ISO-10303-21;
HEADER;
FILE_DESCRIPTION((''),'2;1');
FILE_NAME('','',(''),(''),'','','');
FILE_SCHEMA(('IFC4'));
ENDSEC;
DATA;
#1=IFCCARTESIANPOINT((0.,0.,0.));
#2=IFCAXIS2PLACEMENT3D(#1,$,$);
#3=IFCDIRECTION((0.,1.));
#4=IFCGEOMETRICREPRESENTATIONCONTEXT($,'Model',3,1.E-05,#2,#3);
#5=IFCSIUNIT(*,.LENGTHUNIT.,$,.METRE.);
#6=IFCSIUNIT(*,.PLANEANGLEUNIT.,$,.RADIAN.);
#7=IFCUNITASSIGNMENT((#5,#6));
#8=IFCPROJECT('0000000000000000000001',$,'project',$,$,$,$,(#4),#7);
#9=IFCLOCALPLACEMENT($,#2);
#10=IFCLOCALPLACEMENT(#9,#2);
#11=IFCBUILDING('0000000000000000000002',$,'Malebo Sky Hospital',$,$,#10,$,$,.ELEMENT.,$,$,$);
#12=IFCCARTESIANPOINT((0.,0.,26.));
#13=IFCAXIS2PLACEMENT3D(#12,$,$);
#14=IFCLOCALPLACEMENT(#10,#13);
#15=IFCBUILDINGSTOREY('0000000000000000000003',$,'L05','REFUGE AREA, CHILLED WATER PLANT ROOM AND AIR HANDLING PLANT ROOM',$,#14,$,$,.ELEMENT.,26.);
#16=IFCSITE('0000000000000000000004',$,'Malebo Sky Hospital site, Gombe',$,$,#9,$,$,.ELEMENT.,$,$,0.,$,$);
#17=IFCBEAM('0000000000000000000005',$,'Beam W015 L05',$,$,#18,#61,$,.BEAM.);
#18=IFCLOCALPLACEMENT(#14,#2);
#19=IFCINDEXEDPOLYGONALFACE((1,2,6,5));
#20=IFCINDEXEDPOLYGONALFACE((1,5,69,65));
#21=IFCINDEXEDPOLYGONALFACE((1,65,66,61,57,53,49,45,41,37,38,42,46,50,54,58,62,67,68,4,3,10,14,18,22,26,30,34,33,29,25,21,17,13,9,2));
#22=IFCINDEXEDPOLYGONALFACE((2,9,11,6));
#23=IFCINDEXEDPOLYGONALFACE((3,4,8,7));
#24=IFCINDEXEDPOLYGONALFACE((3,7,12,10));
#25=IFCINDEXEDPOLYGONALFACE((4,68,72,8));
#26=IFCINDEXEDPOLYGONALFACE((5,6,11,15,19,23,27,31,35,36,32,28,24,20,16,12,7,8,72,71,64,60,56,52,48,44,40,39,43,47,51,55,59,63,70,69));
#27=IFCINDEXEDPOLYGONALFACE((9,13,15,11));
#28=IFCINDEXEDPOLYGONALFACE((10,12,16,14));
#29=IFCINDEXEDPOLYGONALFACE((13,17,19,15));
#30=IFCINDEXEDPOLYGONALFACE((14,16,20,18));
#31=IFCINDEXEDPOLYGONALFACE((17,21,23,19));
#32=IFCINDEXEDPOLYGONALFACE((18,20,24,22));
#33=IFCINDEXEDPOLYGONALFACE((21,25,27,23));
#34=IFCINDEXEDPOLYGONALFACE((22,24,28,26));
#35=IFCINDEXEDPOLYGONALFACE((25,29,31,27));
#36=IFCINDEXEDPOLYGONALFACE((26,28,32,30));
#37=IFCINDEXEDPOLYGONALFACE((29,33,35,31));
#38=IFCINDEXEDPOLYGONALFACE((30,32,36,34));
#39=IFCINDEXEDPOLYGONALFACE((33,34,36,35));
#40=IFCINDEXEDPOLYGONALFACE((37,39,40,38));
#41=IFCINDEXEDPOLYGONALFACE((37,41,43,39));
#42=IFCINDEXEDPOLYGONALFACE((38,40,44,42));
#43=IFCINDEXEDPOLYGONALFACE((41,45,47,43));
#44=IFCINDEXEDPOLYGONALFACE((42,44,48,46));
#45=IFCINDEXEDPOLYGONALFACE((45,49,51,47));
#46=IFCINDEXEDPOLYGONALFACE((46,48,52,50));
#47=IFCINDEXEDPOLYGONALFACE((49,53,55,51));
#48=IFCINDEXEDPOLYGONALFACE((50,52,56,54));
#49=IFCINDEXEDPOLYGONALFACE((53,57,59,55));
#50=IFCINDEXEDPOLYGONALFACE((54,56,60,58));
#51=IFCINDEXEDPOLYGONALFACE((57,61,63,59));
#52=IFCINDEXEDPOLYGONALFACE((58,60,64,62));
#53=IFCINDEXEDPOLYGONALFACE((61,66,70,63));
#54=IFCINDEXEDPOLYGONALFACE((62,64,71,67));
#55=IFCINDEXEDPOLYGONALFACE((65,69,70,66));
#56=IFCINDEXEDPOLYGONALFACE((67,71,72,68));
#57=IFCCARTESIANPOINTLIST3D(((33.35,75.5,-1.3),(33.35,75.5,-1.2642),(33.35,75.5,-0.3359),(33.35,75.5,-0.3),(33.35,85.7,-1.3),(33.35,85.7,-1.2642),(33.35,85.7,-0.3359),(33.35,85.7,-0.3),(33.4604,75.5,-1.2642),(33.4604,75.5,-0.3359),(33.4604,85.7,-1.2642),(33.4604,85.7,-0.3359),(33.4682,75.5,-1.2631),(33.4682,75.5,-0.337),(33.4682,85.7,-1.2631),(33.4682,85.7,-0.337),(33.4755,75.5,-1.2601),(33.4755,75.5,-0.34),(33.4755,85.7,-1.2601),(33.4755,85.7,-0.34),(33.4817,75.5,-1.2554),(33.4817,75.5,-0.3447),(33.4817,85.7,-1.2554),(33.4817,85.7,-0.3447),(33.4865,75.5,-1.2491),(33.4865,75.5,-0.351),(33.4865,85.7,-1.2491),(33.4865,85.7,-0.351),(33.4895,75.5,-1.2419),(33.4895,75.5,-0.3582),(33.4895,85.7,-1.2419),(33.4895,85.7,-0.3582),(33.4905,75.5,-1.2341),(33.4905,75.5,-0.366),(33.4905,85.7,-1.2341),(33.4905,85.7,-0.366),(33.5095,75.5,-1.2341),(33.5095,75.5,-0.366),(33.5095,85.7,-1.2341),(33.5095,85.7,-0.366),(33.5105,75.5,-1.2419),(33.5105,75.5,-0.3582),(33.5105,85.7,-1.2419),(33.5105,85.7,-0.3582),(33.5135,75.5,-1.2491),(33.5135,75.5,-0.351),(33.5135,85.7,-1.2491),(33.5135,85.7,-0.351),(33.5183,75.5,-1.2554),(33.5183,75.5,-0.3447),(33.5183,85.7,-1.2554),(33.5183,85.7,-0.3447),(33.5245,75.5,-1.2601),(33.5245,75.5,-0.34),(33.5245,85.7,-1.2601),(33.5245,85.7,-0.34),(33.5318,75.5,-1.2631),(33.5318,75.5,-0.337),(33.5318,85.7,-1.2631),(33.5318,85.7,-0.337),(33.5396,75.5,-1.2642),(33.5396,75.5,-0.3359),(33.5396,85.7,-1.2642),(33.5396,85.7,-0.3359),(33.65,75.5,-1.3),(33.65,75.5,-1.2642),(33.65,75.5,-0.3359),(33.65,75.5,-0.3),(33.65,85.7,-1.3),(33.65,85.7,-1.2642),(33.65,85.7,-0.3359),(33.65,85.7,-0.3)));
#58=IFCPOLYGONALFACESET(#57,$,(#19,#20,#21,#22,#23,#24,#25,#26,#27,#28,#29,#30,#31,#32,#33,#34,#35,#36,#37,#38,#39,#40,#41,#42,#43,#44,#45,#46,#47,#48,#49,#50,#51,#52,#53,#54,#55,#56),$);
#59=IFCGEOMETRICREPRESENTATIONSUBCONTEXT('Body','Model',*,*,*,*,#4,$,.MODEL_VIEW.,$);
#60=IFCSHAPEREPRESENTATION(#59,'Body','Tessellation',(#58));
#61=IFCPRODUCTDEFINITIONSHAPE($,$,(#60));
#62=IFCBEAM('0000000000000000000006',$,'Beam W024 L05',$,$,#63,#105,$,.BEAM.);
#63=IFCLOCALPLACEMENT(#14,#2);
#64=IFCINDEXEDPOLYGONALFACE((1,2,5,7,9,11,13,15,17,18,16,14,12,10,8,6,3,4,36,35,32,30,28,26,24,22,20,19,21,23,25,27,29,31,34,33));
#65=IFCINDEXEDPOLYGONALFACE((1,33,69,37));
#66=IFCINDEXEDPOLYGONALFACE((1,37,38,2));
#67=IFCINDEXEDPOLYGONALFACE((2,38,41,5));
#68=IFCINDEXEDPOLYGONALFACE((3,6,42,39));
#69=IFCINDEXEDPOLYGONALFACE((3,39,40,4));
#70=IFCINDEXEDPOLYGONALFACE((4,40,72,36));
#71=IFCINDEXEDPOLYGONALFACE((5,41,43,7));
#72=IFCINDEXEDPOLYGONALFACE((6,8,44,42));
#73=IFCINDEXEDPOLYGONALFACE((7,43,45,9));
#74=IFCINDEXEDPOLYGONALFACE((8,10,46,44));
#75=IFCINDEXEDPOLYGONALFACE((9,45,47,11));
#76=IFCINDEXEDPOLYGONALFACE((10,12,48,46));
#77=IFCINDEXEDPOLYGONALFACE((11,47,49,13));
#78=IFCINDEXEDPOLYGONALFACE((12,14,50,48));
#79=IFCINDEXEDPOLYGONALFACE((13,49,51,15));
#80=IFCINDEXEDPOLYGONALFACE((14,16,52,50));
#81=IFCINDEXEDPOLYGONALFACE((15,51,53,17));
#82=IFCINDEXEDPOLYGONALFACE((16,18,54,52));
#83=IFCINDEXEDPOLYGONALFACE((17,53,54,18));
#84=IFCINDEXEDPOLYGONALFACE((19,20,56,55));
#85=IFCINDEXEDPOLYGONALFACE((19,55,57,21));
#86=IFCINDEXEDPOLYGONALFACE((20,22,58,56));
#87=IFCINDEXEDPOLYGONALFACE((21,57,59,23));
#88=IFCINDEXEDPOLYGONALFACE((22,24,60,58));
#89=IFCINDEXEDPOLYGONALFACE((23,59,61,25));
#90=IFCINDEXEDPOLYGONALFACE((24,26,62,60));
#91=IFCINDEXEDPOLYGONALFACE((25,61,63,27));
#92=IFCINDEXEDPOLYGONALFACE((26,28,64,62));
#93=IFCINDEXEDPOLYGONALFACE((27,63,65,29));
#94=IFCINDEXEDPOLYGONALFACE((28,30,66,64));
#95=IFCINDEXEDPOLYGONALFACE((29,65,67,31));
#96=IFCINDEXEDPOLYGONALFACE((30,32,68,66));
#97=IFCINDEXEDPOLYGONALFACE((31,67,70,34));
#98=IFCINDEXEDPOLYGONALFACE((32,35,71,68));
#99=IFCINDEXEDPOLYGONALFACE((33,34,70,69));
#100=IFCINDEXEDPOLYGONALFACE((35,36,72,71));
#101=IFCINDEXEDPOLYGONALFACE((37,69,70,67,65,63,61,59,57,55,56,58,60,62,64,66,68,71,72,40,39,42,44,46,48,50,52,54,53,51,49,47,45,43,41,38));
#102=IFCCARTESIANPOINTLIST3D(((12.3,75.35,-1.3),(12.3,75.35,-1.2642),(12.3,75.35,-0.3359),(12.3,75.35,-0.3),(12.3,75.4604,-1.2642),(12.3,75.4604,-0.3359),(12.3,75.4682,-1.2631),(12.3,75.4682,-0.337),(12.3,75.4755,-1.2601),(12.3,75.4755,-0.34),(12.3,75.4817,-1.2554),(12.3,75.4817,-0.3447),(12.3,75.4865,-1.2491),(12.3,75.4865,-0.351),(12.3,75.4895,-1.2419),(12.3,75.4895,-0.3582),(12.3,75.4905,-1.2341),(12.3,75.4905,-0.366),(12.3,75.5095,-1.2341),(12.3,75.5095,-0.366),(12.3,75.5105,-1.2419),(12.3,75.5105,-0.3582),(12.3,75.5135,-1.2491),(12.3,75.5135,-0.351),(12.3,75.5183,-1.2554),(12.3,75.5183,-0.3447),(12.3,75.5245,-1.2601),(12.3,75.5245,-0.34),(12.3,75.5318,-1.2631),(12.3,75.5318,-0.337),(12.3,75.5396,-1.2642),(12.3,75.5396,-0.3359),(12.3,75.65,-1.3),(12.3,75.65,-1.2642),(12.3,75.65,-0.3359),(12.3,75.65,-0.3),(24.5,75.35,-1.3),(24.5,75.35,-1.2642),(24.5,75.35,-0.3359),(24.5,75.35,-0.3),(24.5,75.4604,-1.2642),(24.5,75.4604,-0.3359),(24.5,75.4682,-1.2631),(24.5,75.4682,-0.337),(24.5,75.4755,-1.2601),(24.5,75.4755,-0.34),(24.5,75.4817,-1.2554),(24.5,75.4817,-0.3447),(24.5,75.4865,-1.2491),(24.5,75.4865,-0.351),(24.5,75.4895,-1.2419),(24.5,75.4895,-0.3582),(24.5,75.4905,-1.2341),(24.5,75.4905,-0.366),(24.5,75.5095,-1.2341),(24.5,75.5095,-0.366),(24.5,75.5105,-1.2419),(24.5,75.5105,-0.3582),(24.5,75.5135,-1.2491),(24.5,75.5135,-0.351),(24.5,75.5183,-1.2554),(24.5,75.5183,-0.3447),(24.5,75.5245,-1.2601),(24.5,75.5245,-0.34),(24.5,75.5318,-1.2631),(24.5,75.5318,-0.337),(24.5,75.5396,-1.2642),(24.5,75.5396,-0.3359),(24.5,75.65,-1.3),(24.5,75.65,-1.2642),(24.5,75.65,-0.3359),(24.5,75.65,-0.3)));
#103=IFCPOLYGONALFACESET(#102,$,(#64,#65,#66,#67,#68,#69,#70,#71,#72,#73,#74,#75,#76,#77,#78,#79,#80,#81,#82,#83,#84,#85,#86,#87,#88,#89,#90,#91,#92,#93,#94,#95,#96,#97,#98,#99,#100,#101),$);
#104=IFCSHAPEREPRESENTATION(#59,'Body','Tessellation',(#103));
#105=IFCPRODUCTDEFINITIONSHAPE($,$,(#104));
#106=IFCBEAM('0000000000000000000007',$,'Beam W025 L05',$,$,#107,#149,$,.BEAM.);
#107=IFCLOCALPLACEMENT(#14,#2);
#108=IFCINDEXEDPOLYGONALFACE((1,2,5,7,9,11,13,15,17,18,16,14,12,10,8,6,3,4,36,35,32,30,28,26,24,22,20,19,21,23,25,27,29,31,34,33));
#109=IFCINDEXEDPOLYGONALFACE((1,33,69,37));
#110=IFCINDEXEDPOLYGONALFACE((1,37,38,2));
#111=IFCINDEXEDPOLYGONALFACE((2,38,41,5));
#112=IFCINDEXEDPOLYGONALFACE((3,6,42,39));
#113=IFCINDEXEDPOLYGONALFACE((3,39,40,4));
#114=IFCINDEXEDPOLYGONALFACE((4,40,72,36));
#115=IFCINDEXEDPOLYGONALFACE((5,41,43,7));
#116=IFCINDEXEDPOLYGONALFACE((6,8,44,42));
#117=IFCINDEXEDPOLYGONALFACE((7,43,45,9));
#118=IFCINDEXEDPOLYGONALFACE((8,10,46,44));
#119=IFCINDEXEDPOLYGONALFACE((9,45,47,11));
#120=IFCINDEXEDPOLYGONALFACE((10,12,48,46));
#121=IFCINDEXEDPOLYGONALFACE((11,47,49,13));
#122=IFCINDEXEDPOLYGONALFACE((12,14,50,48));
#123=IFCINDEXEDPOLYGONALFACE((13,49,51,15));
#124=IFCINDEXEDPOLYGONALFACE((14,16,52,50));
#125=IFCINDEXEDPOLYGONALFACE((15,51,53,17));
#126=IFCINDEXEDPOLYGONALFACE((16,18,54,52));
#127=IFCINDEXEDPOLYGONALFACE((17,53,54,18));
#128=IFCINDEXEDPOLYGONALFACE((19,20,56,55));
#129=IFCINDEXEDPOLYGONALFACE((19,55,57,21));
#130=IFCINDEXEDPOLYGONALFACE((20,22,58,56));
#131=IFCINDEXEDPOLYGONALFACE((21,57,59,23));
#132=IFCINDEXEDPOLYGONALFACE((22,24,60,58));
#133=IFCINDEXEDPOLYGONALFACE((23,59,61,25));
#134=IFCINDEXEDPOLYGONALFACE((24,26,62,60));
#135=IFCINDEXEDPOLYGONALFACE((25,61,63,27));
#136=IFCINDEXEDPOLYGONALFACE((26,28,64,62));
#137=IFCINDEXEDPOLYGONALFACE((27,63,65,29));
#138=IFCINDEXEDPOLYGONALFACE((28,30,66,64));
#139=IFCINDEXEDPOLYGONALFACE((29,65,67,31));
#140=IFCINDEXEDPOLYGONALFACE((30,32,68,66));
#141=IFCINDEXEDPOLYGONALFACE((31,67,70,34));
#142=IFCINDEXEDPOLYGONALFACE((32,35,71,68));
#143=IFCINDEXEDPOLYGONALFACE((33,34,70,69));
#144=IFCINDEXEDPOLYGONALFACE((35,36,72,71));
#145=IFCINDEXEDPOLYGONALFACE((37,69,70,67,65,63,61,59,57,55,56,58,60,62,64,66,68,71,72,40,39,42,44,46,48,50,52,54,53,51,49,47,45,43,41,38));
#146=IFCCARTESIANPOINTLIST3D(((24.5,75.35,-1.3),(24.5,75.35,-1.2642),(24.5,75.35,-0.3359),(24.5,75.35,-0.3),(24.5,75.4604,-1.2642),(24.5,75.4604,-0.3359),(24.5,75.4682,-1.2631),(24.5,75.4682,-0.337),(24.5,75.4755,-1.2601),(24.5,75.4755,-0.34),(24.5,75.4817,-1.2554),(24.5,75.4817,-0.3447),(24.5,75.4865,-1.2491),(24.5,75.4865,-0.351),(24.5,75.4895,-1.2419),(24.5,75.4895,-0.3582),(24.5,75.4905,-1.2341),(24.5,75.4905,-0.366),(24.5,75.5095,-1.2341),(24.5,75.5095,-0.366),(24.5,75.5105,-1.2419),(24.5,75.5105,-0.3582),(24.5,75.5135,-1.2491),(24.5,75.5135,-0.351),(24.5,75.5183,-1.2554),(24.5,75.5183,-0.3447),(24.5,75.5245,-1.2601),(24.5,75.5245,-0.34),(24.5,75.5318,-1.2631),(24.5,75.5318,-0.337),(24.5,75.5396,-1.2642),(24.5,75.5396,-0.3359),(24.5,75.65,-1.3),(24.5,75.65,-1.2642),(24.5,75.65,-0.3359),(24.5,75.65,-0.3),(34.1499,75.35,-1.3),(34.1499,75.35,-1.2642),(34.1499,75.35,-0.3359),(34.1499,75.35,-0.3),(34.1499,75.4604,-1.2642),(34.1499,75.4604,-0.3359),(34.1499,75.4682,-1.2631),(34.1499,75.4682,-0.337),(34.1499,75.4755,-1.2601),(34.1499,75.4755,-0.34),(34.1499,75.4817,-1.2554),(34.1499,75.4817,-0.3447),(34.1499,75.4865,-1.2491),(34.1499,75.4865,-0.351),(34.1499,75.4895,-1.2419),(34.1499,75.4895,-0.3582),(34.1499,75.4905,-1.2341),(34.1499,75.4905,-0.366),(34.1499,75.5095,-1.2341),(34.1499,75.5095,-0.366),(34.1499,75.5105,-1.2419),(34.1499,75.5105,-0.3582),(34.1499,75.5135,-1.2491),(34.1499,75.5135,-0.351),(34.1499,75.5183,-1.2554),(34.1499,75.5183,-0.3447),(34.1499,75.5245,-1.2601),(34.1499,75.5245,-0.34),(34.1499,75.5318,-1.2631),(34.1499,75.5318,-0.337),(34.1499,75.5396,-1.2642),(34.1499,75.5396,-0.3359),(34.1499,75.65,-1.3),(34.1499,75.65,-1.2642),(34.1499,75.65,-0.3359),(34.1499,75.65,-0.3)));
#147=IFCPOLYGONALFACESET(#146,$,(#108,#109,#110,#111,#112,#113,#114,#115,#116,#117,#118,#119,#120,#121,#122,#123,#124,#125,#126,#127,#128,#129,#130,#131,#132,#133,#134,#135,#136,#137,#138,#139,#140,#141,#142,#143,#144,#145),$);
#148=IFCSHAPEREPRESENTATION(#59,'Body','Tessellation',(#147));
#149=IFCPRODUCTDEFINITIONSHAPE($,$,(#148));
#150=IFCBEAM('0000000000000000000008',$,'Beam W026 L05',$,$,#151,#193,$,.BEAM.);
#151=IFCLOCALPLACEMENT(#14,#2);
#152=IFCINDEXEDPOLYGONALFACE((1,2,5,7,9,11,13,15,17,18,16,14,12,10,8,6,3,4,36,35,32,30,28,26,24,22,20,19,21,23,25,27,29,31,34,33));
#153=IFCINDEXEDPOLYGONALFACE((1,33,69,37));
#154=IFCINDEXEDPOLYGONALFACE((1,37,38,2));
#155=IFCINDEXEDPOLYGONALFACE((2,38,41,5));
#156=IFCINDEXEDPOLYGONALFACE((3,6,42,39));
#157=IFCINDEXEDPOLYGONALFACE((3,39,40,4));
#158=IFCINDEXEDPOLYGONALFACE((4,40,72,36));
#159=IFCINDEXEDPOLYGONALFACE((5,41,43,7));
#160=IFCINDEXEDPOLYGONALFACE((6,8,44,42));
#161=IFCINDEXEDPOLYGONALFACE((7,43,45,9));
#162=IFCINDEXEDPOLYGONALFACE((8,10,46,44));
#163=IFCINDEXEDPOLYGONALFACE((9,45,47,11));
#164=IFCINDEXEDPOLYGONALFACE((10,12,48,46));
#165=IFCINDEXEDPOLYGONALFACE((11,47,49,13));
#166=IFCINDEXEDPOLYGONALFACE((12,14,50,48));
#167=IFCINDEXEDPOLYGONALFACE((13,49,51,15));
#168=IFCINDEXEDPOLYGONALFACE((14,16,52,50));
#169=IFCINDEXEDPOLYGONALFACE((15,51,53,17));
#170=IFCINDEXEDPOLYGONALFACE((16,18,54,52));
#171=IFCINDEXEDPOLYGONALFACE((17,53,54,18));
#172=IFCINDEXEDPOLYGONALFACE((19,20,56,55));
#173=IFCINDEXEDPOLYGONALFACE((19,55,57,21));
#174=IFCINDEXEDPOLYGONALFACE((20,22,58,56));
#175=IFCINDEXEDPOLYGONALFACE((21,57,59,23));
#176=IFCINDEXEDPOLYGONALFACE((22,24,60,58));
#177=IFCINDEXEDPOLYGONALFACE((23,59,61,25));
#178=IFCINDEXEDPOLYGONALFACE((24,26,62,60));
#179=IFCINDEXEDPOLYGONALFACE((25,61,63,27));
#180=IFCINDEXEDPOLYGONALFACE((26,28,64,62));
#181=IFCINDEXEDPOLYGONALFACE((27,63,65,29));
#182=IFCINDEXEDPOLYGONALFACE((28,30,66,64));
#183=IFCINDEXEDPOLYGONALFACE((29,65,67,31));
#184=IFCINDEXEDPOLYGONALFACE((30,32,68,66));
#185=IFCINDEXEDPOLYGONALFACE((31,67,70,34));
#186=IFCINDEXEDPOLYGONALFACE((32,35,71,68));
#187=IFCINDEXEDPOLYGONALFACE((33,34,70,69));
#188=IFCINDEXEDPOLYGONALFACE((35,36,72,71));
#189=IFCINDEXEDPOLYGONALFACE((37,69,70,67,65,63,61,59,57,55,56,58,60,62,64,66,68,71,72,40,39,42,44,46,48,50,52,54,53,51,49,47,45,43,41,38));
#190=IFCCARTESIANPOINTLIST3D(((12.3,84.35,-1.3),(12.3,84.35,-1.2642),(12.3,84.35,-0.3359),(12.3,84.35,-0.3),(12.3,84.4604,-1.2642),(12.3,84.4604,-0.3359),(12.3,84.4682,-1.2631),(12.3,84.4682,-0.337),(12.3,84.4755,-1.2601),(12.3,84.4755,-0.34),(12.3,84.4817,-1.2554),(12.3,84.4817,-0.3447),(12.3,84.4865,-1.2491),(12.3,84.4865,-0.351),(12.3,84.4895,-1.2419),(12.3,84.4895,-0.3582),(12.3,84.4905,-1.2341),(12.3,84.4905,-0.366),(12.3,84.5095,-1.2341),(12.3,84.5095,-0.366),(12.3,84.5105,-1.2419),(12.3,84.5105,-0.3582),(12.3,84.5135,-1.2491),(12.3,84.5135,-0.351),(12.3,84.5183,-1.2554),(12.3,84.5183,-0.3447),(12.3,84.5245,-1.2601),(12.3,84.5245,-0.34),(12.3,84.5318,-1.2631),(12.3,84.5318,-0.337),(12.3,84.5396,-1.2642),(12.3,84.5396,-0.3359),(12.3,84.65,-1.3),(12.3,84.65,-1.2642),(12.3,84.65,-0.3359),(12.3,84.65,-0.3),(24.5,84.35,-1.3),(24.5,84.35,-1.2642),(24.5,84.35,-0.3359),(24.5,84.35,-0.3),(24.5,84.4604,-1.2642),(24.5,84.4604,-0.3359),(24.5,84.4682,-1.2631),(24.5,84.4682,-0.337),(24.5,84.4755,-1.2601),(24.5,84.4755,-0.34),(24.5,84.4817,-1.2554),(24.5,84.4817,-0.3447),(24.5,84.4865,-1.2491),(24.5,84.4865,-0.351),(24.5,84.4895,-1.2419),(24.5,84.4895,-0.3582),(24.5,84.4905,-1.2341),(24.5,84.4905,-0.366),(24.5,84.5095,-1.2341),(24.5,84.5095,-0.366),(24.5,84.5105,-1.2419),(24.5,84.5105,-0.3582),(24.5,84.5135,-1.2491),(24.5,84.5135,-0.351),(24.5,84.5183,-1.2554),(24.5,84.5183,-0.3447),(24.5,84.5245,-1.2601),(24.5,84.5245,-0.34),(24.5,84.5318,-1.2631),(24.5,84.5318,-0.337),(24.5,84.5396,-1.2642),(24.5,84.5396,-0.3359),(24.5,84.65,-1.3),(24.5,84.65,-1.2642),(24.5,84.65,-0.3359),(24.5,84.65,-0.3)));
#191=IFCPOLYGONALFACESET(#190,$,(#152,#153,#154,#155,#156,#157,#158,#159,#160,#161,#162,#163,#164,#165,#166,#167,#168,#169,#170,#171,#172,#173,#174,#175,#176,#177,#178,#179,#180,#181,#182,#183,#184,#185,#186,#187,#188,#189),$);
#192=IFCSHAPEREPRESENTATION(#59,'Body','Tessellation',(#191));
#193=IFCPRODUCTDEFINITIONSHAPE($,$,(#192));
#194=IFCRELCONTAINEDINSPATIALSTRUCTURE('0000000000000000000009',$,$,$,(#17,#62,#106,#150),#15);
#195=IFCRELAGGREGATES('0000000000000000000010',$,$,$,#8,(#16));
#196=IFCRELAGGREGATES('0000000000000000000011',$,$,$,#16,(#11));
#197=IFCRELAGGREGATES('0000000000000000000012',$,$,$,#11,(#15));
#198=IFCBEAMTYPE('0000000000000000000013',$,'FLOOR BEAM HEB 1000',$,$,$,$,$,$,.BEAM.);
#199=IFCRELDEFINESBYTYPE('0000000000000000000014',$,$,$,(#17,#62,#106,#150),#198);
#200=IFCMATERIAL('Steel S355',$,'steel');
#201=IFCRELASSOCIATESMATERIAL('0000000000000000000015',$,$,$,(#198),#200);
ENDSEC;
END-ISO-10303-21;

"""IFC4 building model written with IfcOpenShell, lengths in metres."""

from ifc_helpers import new_model, si_unit, direction, frame, origin, origin_2d, place, context, subcontext, project, spatial, i_section, extrude, material, material_profile, profile_set, type_object, element, save


model = new_model("IFC4")

# Units and contexts
model_context = context("Model", 3, precision=1e-05, world=origin(), true_north=direction((0.0, 1.0)))
body_context = subcontext(model_context, "Body", "Model", "MODEL_VIEW")
ifc_project = project(units=[si_unit("LENGTHUNIT", "METRE"), si_unit("PLANEANGLEUNIT", "RADIAN")], contexts=[model_context])

# Site, building, storey
site_placement = place(None, origin())
site = spatial("IfcSite", under=ifc_project, at=site_placement, Name="Malebo Sky Hospital site, Gombe", CompositionType="ELEMENT", RefElevation=0.0)
building_placement = place(site_placement, origin())
building = spatial("IfcBuilding", under=site, at=building_placement, Name="Malebo Sky Hospital", CompositionType="ELEMENT")
storey_placement = place(building_placement, frame((0.0, 0.0, 26.0)))
storey = spatial("IfcBuildingStorey", under=building, at=storey_placement, Name="L05", Description="REFUGE AREA, CHILLED WATER PLANT ROOM AND AIR HANDLING PLANT ROOM", CompositionType="ELEMENT", Elevation=26.0)

# Beams
ifc_material_1 = material(Name="Steel S355", Category="steel")
ifc_material_profile_1 = material_profile(ifc_material_1, i_section(OverallWidth=0.3, OverallDepth=1.0, WebThickness=0.019, FlangeThickness=0.0359, FilletRadius=0.03, at=origin_2d()), Name="HEB 1000")
ifc_profile_set_1 = profile_set([ifc_material_profile_1], Name="Steel S355")
beam_type_1 = type_object("IfcBeamType", Name="FLOOR BEAM HEB 1000", PredefinedType="BEAM", material=ifc_profile_set_1)
for number, where, z_axis, x_axis, name in (
    (1, (33.5, 75.5, -0.8), (0.0, 1.0, 0.0), (-1.0, 0.0, 0.0), "Beam W015 L05"),
):
    element("IfcBeam", number, at=place(storey_placement, frame(where, z_axis=z_axis, x_axis=x_axis)), inside=storey, type_object=beam_type_1, Name=name, PredefinedType="BEAM", context=body_context, shape_type="SweptSolid", body=[
        extrude(i_section(OverallWidth=0.3, OverallDepth=1.0, WebThickness=0.019, FlangeThickness=0.0359, FilletRadius=0.03, at=origin_2d()), origin(), (0.0, 0.0, 1.0), 10.2),
    ])
beam_1_placement = place(storey_placement, frame((12.3, 75.5, -0.8), z_axis=(1.0, 0.0, 0.0), x_axis=(0.0, 1.0, 0.0)))
element("IfcBeam", 2, at=beam_1_placement, inside=storey, type_object=beam_type_1, Name="Beam W024 L05", PredefinedType="BEAM", context=body_context, shape_type="SweptSolid", body=[
    extrude(i_section(OverallWidth=0.3, OverallDepth=1.0, WebThickness=0.019, FlangeThickness=0.0359, FilletRadius=0.03, at=origin_2d()), origin(), (0.0, 0.0, 1.0), 12.2),
])
beam_2_placement = place(storey_placement, frame((24.5, 75.5, -0.8), z_axis=(1.0, 0.0, 0.0), x_axis=(0.0, 1.0, 0.0)))
element("IfcBeam", 3, at=beam_2_placement, inside=storey, type_object=beam_type_1, Name="Beam W025 L05", PredefinedType="BEAM", context=body_context, shape_type="SweptSolid", body=[
    extrude(i_section(OverallWidth=0.3, OverallDepth=1.0, WebThickness=0.019, FlangeThickness=0.0359, FilletRadius=0.03, at=origin_2d()), origin(), (0.0, 0.0, 1.0), 9.6499),
])
beam_3_placement = place(storey_placement, frame((12.3, 84.5, -0.8), z_axis=(1.0, 0.0, 0.0), x_axis=(0.0, 1.0, 0.0)))
element("IfcBeam", 4, at=beam_3_placement, inside=storey, type_object=beam_type_1, Name="Beam W026 L05", PredefinedType="BEAM", context=body_context, shape_type="SweptSolid", body=[
    extrude(i_section(OverallWidth=0.3, OverallDepth=1.0, WebThickness=0.019, FlangeThickness=0.0359, FilletRadius=0.03, at=origin_2d()), origin(), (0.0, 0.0, 1.0), 12.2),
])

save(model, "model.ifc")
